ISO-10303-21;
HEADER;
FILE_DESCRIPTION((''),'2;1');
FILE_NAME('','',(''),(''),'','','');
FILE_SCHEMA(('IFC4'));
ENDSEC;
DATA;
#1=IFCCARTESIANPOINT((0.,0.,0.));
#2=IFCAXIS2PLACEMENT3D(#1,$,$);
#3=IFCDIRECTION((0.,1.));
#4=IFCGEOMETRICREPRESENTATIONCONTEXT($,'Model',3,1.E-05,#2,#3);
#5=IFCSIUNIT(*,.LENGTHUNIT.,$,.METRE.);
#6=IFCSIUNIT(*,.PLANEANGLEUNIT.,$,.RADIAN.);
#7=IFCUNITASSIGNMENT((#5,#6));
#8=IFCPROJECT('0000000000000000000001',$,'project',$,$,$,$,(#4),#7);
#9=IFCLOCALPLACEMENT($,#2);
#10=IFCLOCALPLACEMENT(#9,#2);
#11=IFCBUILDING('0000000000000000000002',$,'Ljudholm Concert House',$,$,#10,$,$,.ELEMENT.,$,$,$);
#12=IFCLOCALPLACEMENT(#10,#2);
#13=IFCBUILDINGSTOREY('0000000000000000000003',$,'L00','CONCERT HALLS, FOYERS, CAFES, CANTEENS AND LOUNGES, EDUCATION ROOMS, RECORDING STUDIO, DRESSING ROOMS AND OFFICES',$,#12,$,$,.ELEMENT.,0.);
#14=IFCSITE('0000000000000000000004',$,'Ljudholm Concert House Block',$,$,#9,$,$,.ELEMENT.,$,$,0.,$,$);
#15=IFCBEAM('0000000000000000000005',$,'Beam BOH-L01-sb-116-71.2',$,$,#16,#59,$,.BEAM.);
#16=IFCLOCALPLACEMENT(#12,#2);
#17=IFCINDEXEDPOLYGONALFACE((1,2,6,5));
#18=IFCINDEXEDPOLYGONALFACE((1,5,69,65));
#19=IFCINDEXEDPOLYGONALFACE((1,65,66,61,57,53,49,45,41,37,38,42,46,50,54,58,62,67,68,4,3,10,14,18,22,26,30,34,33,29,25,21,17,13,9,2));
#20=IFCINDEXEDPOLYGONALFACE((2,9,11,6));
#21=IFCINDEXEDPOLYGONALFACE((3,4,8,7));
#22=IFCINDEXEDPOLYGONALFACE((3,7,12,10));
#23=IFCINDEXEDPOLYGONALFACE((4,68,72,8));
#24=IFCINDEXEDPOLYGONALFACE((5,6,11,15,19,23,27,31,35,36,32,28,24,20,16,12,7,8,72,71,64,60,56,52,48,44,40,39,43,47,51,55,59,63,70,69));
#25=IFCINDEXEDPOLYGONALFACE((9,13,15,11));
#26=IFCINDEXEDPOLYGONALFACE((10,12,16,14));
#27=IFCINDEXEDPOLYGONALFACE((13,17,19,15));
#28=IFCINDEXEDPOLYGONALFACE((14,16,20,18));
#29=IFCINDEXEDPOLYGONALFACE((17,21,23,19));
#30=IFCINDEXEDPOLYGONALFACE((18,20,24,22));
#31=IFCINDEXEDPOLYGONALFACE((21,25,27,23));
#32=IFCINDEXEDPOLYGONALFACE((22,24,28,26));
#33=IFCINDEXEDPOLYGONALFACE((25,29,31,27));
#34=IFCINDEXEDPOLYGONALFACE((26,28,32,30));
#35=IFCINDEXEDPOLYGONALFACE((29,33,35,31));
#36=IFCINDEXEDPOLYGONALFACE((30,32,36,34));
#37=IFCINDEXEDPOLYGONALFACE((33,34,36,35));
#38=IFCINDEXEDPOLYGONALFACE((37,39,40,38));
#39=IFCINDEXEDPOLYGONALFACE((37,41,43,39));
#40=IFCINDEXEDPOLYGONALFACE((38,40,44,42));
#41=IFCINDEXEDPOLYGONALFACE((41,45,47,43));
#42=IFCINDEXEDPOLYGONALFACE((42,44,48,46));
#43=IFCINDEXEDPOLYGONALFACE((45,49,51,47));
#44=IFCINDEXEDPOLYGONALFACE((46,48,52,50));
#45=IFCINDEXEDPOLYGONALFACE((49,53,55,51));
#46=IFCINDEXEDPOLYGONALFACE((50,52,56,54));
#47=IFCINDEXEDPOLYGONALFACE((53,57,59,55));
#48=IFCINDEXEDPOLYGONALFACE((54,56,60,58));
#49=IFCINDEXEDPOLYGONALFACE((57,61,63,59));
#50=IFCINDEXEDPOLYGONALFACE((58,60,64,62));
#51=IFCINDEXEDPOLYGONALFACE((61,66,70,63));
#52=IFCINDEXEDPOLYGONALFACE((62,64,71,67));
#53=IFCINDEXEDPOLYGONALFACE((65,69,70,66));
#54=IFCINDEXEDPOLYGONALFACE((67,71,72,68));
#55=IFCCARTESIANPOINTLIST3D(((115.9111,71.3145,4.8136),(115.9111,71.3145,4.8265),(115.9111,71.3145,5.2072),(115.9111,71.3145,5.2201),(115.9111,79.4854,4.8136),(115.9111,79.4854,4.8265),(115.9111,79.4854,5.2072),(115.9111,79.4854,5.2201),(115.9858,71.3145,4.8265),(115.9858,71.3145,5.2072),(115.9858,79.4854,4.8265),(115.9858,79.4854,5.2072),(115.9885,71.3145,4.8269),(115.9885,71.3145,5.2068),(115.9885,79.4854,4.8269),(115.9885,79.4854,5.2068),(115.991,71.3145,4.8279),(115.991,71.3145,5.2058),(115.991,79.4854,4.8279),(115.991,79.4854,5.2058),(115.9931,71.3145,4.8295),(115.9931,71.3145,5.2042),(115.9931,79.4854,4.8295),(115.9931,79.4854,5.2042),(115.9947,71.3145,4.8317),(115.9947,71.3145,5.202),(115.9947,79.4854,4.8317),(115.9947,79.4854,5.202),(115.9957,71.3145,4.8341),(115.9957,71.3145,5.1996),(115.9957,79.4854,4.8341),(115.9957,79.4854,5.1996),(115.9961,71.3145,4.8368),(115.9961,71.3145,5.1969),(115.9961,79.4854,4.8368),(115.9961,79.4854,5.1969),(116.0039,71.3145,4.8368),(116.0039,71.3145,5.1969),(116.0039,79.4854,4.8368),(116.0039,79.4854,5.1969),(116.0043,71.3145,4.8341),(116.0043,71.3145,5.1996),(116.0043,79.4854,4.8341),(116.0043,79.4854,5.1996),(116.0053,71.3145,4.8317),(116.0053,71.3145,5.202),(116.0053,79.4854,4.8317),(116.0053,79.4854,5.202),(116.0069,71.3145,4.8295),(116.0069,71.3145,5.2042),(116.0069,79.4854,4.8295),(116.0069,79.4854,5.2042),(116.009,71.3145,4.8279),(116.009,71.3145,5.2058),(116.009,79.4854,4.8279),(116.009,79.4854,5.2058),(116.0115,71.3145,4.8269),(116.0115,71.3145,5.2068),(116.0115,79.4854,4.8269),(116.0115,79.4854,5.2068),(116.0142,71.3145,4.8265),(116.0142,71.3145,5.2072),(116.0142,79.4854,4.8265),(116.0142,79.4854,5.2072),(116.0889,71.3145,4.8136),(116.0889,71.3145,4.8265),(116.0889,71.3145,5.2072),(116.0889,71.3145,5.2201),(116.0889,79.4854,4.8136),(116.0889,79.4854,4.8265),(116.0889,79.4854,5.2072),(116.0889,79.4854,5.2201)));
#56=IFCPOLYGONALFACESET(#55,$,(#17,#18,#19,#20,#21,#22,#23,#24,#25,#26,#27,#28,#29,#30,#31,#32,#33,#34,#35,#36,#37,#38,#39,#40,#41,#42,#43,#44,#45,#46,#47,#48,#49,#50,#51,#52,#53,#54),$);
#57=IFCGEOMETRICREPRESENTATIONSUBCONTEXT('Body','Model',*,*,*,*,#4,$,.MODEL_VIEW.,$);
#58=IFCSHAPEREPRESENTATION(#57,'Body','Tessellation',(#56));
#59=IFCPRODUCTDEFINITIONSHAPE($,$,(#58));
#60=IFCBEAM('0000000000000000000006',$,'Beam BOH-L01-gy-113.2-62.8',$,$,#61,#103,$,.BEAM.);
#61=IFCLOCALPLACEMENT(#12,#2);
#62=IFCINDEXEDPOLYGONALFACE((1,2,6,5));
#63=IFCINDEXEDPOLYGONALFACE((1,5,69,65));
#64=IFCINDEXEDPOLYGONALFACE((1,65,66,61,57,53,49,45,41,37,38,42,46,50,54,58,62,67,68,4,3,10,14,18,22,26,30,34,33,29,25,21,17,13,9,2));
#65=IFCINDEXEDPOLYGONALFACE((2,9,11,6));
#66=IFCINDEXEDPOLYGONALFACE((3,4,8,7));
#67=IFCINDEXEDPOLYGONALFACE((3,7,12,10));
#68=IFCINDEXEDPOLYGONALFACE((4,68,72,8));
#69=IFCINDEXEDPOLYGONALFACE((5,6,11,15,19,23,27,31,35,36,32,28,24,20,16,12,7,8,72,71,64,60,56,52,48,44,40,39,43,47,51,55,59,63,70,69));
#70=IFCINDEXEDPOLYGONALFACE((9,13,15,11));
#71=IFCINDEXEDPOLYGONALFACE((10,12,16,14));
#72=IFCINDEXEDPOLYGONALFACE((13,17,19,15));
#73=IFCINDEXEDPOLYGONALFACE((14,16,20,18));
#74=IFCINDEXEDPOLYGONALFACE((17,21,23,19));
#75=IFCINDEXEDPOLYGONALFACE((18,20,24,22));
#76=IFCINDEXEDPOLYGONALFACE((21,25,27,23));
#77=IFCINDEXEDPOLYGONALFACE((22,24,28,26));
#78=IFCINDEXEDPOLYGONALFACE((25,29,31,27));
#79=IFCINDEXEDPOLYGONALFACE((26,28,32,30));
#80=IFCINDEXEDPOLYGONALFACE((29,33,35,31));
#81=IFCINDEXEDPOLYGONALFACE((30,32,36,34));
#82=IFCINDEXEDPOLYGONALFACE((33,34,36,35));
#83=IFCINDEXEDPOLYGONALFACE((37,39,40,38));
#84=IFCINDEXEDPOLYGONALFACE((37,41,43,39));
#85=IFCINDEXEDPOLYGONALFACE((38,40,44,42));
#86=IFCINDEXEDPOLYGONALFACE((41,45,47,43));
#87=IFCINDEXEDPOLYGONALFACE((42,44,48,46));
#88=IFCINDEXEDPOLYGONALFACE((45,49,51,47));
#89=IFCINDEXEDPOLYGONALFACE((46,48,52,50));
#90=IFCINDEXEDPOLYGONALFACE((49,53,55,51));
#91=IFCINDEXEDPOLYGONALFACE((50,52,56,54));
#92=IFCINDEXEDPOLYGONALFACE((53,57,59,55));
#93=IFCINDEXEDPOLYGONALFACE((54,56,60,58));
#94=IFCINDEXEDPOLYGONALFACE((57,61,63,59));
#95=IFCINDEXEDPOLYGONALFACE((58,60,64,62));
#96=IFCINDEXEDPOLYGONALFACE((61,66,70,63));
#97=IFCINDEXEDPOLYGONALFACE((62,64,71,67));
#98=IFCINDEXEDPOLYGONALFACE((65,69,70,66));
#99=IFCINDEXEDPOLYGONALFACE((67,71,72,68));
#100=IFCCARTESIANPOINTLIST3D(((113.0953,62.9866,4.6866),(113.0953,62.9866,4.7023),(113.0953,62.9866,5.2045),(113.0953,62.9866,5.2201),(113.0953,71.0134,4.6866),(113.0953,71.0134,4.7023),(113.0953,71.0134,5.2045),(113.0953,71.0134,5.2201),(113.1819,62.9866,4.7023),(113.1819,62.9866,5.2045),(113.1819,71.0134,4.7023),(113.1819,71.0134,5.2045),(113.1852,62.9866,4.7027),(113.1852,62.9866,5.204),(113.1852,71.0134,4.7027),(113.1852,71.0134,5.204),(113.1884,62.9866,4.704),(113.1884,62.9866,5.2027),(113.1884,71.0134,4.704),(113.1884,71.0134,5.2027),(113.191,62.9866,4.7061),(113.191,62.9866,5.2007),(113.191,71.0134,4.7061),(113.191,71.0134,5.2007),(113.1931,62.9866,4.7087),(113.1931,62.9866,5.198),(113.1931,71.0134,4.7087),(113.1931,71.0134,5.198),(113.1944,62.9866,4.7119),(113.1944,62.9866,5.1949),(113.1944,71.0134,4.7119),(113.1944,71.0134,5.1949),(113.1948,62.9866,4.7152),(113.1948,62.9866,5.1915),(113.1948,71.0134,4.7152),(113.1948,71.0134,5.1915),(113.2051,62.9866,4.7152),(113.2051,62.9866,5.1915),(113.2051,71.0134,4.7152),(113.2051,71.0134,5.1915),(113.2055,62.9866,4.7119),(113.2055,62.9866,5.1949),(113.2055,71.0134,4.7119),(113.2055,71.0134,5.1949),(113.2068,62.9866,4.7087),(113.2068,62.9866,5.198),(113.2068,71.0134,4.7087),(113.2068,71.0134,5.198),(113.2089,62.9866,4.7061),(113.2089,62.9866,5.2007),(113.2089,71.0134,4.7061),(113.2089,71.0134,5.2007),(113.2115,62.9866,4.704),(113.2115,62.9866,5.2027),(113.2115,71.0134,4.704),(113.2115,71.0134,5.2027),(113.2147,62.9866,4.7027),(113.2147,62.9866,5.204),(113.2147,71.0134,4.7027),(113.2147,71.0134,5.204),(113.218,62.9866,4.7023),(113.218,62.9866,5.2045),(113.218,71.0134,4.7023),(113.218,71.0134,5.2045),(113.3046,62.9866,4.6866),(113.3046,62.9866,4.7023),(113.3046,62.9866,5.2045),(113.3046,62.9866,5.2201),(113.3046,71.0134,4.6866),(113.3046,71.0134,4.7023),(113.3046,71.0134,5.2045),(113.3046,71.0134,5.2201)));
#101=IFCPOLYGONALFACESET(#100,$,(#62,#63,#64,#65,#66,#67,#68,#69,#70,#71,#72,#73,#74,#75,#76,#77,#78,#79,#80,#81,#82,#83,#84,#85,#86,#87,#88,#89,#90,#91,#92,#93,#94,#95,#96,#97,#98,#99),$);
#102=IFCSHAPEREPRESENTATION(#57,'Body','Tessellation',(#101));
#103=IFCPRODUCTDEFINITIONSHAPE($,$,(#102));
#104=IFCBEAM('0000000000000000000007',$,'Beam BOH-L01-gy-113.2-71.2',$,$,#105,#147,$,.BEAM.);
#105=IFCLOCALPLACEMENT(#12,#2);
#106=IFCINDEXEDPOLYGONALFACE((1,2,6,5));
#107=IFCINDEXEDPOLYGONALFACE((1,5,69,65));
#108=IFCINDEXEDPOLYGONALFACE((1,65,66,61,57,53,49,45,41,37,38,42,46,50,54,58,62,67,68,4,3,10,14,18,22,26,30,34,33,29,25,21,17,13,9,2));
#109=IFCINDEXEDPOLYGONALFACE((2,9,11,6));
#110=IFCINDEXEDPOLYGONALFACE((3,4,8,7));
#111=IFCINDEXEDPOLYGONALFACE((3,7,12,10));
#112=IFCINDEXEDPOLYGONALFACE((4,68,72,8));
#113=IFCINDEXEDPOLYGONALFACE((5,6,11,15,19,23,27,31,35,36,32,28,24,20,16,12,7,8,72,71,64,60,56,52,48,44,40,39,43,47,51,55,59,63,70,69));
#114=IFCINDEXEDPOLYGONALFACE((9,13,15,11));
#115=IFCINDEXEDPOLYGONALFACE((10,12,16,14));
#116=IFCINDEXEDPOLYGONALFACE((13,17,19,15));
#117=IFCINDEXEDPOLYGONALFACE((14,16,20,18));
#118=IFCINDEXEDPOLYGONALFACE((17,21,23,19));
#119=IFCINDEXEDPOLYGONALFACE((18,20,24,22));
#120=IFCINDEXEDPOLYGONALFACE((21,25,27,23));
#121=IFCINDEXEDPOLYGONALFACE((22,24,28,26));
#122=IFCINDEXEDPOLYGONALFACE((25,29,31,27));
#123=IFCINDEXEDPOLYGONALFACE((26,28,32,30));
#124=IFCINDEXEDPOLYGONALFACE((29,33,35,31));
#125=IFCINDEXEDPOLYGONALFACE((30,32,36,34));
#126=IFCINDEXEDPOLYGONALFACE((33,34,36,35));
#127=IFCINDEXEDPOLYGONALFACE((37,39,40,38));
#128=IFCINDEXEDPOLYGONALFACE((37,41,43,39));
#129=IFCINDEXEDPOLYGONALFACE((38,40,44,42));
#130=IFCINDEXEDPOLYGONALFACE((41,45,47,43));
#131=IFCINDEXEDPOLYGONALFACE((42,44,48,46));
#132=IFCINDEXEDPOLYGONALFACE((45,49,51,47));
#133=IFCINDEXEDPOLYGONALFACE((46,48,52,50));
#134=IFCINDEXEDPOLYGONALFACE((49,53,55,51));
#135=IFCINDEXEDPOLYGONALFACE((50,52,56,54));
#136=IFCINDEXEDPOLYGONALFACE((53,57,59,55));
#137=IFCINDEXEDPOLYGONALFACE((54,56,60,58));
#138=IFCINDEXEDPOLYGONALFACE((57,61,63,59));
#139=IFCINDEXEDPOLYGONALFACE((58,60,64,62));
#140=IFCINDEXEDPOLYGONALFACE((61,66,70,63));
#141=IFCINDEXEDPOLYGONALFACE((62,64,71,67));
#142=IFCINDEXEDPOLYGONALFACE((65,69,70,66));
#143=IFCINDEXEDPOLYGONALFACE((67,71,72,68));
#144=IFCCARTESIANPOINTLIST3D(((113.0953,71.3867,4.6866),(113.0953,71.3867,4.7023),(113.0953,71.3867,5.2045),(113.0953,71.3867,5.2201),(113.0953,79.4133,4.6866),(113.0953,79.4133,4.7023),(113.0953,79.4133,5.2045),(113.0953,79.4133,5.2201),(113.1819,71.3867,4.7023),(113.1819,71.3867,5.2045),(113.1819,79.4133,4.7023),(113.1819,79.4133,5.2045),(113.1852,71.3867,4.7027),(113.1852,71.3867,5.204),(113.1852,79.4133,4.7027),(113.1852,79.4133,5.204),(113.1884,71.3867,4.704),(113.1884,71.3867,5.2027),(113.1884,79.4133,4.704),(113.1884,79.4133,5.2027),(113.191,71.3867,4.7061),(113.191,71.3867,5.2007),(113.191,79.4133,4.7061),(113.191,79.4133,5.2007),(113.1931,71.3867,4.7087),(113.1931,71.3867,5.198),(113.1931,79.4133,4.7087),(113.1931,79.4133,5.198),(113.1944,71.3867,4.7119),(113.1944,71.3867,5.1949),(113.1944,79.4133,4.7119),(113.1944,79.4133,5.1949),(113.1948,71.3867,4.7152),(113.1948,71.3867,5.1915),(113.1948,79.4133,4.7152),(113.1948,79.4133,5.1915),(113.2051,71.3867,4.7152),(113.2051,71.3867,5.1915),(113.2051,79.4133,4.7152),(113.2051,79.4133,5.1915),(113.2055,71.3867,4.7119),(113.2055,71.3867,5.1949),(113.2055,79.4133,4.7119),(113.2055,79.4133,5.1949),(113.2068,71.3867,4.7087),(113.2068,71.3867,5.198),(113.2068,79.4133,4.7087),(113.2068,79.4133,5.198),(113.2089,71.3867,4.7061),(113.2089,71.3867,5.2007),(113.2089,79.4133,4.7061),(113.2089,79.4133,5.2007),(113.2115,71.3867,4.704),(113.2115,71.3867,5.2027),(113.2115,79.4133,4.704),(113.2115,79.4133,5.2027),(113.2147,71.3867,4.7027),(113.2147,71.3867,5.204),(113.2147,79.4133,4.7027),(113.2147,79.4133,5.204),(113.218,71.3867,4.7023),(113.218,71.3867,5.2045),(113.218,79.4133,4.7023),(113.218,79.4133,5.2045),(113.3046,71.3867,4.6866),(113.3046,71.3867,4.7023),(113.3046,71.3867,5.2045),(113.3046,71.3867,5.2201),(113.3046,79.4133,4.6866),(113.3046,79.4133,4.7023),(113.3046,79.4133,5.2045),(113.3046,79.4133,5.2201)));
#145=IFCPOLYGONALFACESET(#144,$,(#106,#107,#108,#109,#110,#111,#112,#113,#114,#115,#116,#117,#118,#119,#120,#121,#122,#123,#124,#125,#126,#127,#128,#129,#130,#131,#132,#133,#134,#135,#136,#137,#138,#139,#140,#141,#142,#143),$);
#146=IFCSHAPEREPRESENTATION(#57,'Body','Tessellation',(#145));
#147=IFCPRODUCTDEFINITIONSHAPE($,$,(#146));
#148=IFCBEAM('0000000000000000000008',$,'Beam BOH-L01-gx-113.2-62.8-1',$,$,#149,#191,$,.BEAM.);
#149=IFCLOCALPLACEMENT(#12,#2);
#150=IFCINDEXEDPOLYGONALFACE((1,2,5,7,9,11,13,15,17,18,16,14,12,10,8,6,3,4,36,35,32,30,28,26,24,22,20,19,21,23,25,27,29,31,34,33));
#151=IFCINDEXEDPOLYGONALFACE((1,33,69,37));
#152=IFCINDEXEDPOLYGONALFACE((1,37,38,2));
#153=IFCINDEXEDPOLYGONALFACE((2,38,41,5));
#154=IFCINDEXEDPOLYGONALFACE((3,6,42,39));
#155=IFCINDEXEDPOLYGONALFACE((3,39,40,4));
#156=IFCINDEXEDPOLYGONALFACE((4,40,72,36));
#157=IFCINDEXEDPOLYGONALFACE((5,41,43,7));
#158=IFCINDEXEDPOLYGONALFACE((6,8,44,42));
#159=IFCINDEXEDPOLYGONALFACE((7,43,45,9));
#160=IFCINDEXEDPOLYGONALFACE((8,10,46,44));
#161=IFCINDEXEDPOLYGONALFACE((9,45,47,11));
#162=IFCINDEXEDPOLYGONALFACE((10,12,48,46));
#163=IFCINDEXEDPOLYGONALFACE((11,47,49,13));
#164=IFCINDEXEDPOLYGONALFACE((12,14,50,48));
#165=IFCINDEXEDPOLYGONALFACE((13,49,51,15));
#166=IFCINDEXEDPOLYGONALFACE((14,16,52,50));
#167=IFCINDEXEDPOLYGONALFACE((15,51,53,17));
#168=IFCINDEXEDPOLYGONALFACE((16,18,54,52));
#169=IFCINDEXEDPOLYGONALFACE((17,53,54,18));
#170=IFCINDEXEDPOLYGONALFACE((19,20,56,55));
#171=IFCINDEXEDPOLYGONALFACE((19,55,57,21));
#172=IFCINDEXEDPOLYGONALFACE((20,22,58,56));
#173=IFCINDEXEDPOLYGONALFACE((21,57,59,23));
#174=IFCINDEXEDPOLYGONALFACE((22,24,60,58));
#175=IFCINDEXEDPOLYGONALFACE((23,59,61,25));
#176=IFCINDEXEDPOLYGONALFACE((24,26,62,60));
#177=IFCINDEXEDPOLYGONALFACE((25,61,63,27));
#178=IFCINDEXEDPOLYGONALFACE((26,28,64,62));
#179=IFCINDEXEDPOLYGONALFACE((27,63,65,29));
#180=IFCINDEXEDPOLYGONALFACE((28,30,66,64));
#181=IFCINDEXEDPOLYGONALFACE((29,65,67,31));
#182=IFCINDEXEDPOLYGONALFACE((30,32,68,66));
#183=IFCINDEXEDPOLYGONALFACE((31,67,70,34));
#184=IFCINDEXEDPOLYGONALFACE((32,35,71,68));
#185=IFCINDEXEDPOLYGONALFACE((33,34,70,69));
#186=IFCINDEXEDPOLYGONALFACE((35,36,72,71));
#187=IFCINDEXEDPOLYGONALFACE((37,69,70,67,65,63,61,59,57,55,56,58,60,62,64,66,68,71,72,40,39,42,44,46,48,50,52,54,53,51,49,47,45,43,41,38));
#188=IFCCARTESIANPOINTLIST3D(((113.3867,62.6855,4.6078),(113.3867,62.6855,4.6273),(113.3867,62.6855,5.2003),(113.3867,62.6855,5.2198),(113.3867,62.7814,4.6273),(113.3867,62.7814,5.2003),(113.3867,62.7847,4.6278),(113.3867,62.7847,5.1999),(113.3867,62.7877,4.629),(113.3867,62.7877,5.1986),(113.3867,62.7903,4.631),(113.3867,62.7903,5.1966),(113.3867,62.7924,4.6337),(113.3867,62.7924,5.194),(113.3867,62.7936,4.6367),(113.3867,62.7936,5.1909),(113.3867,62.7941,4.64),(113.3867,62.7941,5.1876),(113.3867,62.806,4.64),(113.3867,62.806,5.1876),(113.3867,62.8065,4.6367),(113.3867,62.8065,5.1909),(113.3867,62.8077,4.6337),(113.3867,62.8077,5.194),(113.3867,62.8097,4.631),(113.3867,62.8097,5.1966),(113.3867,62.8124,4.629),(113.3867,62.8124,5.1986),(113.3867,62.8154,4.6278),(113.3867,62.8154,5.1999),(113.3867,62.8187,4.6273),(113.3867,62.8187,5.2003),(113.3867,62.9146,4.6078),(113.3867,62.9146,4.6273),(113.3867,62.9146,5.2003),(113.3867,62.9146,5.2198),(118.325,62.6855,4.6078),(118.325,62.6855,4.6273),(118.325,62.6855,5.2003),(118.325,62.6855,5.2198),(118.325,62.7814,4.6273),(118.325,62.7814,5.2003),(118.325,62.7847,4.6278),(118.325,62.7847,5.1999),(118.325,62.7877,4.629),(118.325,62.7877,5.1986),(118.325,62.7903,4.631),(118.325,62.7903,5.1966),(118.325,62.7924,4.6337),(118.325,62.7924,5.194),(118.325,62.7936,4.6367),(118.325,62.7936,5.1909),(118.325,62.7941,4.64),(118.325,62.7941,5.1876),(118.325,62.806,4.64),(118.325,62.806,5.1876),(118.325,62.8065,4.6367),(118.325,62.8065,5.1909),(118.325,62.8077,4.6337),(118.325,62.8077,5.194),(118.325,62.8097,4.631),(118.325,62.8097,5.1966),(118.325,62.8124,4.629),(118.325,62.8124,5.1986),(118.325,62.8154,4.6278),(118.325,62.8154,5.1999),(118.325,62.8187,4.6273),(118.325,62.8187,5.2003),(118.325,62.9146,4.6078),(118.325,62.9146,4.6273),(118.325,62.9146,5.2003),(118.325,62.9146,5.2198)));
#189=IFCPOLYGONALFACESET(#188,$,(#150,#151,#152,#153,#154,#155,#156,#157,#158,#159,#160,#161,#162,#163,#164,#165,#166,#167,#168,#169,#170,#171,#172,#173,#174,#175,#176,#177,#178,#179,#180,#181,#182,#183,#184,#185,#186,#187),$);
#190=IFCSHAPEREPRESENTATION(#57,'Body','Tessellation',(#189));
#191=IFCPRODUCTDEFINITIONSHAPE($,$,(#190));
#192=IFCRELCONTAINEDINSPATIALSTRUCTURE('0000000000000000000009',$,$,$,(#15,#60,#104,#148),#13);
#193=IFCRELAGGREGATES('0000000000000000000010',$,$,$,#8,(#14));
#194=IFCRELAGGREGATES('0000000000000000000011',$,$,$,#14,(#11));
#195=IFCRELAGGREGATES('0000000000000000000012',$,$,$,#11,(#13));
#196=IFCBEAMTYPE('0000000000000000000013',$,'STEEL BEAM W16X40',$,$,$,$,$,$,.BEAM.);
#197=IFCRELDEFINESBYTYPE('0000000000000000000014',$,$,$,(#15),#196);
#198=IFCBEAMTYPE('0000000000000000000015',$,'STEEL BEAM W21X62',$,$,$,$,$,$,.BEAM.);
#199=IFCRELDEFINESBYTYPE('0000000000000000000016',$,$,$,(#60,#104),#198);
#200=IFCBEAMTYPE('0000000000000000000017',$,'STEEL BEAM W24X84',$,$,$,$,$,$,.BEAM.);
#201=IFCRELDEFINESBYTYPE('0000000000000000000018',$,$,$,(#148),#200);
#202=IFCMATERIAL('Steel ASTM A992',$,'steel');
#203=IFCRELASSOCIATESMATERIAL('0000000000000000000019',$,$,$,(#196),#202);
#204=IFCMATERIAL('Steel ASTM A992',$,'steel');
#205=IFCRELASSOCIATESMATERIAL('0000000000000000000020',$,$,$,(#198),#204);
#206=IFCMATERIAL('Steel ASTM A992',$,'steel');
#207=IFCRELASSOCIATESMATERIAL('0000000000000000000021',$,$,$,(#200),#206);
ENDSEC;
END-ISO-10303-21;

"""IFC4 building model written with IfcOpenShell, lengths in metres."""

from ifc_helpers import new_model, si_unit, direction, frame, origin, origin_2d, place, context, subcontext, project, spatial, i_section, extrude, material, material_profile, profile_set, type_object, element, save


model = new_model("IFC4")

# Units and contexts
model_context = context("Model", 3, precision=1e-05, world=origin(), true_north=direction((0.0, 1.0)))
body_context = subcontext(model_context, "Body", "Model", "MODEL_VIEW")
ifc_project = project(units=[si_unit("LENGTHUNIT", "METRE"), si_unit("PLANEANGLEUNIT", "RADIAN")], contexts=[model_context])

# Site, building, storey
site_placement = place(None, origin())
site = spatial("IfcSite", under=ifc_project, at=site_placement, Name="Ljudholm Concert House Block", CompositionType="ELEMENT", RefElevation=0.0)
building_placement = place(site_placement, origin())
building = spatial("IfcBuilding", under=site, at=building_placement, Name="Ljudholm Concert House", CompositionType="ELEMENT")
storey_placement = place(building_placement, origin())
storey = spatial("IfcBuildingStorey", under=building, at=storey_placement, Name="L00", Description="CONCERT HALLS, FOYERS, CAFES, CANTEENS AND LOUNGES, EDUCATION ROOMS, RECORDING STUDIO, DRESSING ROOMS AND OFFICES", CompositionType="ELEMENT", Elevation=0.0)

# Beams
ifc_material_1 = material(Name="Steel ASTM A992", Category="steel")
ifc_material_profile_1 = material_profile(ifc_material_1, i_section(OverallWidth=0.1777, OverallDepth=0.4065, WebThickness=0.0078, FlangeThickness=0.0129, FilletRadius=0.0103, at=origin_2d()), Name="W16X40")
ifc_profile_set_1 = profile_set([ifc_material_profile_1], Name="Steel ASTM A992")
beam_type_1 = type_object("IfcBeamType", Name="STEEL BEAM W16X40", PredefinedType="BEAM", material=ifc_profile_set_1)
for number, where, z_axis, x_axis, name in (
    (1, (116.0, 71.3145, 5.0168), (0.0, 1.0, 0.0), (-1.0, 0.0, 0.0), "Beam BOH-L01-sb-116-71.2"),
):
    element("IfcBeam", number, at=place(storey_placement, frame(where, z_axis=z_axis, x_axis=x_axis)), inside=storey, type_object=beam_type_1, Name=name, PredefinedType="BEAM", context=body_context, shape_type="SweptSolid", body=[
        extrude(i_section(OverallWidth=0.1777, OverallDepth=0.4065, WebThickness=0.0078, FlangeThickness=0.0129, FilletRadius=0.0103, at=origin_2d()), origin(), (0.0, 0.0, 1.0), 8.1709),
    ])
ifc_material_2 = material(Name="Steel ASTM A992", Category="steel")
ifc_material_profile_2 = material_profile(ifc_material_2, i_section(OverallWidth=0.2092, OverallDepth=0.5334, WebThickness=0.0103, FlangeThickness=0.0156, FilletRadius=0.0129, at=origin_2d()), Name="W21X62")
ifc_profile_set_2 = profile_set([ifc_material_profile_2], Name="Steel ASTM A992")
beam_type_2 = type_object("IfcBeamType", Name="STEEL BEAM W21X62", PredefinedType="BEAM", material=ifc_profile_set_2)
beam_1_placement = place(storey_placement, frame((113.2, 62.9866, 4.9534), z_axis=(0.0, 1.0, 0.0), x_axis=(-1.0, 0.0, 0.0)))
element("IfcBeam", 2, at=beam_1_placement, inside=storey, type_object=beam_type_2, Name="Beam BOH-L01-gy-113.2-62.8", PredefinedType="BEAM", context=body_context, shape_type="SweptSolid", body=[
    extrude(i_section(OverallWidth=0.2092, OverallDepth=0.5334, WebThickness=0.0103, FlangeThickness=0.0156, FilletRadius=0.0129, at=origin_2d()), origin(), (0.0, 0.0, 1.0), 8.0269),
])
beam_2_placement = place(storey_placement, frame((113.2, 71.3867, 4.9534), z_axis=(0.0, 1.0, 0.0), x_axis=(-1.0, 0.0, 0.0)))
element("IfcBeam", 3, at=beam_2_placement, inside=storey, type_object=beam_type_2, Name="Beam BOH-L01-gy-113.2-71.2", PredefinedType="BEAM", context=body_context, shape_type="SweptSolid", body=[
    extrude(i_section(OverallWidth=0.2092, OverallDepth=0.5334, WebThickness=0.0103, FlangeThickness=0.0156, FilletRadius=0.0129, at=origin_2d()), origin(), (0.0, 0.0, 1.0), 8.0266),
])
ifc_material_3 = material(Name="Steel ASTM A992", Category="steel")
ifc_material_profile_3 = material_profile(ifc_material_3, i_section(OverallWidth=0.229, OverallDepth=0.6121, WebThickness=0.012, FlangeThickness=0.0195, FilletRadius=0.0127, at=origin_2d()), Name="W24X84")
ifc_profile_set_3 = profile_set([ifc_material_profile_3], Name="Steel ASTM A992")
beam_type_3 = type_object("IfcBeamType", Name="STEEL BEAM W24X84", PredefinedType="BEAM", material=ifc_profile_set_3)
beam_3_placement = place(storey_placement, frame((113.3867, 62.8, 4.9138), z_axis=(1.0, 0.0, 0.0), x_axis=(0.0, 1.0, 0.0)))
element("IfcBeam", 4, at=beam_3_placement, inside=storey, type_object=beam_type_3, Name="Beam BOH-L01-gx-113.2-62.8-1", PredefinedType="BEAM", context=body_context, shape_type="SweptSolid", body=[
    extrude(i_section(OverallWidth=0.229, OverallDepth=0.6121, WebThickness=0.012, FlangeThickness=0.0195, FilletRadius=0.0127, at=origin_2d()), origin(), (0.0, 0.0, 1.0), 4.9382),
])

save(model, "model.ifc")
